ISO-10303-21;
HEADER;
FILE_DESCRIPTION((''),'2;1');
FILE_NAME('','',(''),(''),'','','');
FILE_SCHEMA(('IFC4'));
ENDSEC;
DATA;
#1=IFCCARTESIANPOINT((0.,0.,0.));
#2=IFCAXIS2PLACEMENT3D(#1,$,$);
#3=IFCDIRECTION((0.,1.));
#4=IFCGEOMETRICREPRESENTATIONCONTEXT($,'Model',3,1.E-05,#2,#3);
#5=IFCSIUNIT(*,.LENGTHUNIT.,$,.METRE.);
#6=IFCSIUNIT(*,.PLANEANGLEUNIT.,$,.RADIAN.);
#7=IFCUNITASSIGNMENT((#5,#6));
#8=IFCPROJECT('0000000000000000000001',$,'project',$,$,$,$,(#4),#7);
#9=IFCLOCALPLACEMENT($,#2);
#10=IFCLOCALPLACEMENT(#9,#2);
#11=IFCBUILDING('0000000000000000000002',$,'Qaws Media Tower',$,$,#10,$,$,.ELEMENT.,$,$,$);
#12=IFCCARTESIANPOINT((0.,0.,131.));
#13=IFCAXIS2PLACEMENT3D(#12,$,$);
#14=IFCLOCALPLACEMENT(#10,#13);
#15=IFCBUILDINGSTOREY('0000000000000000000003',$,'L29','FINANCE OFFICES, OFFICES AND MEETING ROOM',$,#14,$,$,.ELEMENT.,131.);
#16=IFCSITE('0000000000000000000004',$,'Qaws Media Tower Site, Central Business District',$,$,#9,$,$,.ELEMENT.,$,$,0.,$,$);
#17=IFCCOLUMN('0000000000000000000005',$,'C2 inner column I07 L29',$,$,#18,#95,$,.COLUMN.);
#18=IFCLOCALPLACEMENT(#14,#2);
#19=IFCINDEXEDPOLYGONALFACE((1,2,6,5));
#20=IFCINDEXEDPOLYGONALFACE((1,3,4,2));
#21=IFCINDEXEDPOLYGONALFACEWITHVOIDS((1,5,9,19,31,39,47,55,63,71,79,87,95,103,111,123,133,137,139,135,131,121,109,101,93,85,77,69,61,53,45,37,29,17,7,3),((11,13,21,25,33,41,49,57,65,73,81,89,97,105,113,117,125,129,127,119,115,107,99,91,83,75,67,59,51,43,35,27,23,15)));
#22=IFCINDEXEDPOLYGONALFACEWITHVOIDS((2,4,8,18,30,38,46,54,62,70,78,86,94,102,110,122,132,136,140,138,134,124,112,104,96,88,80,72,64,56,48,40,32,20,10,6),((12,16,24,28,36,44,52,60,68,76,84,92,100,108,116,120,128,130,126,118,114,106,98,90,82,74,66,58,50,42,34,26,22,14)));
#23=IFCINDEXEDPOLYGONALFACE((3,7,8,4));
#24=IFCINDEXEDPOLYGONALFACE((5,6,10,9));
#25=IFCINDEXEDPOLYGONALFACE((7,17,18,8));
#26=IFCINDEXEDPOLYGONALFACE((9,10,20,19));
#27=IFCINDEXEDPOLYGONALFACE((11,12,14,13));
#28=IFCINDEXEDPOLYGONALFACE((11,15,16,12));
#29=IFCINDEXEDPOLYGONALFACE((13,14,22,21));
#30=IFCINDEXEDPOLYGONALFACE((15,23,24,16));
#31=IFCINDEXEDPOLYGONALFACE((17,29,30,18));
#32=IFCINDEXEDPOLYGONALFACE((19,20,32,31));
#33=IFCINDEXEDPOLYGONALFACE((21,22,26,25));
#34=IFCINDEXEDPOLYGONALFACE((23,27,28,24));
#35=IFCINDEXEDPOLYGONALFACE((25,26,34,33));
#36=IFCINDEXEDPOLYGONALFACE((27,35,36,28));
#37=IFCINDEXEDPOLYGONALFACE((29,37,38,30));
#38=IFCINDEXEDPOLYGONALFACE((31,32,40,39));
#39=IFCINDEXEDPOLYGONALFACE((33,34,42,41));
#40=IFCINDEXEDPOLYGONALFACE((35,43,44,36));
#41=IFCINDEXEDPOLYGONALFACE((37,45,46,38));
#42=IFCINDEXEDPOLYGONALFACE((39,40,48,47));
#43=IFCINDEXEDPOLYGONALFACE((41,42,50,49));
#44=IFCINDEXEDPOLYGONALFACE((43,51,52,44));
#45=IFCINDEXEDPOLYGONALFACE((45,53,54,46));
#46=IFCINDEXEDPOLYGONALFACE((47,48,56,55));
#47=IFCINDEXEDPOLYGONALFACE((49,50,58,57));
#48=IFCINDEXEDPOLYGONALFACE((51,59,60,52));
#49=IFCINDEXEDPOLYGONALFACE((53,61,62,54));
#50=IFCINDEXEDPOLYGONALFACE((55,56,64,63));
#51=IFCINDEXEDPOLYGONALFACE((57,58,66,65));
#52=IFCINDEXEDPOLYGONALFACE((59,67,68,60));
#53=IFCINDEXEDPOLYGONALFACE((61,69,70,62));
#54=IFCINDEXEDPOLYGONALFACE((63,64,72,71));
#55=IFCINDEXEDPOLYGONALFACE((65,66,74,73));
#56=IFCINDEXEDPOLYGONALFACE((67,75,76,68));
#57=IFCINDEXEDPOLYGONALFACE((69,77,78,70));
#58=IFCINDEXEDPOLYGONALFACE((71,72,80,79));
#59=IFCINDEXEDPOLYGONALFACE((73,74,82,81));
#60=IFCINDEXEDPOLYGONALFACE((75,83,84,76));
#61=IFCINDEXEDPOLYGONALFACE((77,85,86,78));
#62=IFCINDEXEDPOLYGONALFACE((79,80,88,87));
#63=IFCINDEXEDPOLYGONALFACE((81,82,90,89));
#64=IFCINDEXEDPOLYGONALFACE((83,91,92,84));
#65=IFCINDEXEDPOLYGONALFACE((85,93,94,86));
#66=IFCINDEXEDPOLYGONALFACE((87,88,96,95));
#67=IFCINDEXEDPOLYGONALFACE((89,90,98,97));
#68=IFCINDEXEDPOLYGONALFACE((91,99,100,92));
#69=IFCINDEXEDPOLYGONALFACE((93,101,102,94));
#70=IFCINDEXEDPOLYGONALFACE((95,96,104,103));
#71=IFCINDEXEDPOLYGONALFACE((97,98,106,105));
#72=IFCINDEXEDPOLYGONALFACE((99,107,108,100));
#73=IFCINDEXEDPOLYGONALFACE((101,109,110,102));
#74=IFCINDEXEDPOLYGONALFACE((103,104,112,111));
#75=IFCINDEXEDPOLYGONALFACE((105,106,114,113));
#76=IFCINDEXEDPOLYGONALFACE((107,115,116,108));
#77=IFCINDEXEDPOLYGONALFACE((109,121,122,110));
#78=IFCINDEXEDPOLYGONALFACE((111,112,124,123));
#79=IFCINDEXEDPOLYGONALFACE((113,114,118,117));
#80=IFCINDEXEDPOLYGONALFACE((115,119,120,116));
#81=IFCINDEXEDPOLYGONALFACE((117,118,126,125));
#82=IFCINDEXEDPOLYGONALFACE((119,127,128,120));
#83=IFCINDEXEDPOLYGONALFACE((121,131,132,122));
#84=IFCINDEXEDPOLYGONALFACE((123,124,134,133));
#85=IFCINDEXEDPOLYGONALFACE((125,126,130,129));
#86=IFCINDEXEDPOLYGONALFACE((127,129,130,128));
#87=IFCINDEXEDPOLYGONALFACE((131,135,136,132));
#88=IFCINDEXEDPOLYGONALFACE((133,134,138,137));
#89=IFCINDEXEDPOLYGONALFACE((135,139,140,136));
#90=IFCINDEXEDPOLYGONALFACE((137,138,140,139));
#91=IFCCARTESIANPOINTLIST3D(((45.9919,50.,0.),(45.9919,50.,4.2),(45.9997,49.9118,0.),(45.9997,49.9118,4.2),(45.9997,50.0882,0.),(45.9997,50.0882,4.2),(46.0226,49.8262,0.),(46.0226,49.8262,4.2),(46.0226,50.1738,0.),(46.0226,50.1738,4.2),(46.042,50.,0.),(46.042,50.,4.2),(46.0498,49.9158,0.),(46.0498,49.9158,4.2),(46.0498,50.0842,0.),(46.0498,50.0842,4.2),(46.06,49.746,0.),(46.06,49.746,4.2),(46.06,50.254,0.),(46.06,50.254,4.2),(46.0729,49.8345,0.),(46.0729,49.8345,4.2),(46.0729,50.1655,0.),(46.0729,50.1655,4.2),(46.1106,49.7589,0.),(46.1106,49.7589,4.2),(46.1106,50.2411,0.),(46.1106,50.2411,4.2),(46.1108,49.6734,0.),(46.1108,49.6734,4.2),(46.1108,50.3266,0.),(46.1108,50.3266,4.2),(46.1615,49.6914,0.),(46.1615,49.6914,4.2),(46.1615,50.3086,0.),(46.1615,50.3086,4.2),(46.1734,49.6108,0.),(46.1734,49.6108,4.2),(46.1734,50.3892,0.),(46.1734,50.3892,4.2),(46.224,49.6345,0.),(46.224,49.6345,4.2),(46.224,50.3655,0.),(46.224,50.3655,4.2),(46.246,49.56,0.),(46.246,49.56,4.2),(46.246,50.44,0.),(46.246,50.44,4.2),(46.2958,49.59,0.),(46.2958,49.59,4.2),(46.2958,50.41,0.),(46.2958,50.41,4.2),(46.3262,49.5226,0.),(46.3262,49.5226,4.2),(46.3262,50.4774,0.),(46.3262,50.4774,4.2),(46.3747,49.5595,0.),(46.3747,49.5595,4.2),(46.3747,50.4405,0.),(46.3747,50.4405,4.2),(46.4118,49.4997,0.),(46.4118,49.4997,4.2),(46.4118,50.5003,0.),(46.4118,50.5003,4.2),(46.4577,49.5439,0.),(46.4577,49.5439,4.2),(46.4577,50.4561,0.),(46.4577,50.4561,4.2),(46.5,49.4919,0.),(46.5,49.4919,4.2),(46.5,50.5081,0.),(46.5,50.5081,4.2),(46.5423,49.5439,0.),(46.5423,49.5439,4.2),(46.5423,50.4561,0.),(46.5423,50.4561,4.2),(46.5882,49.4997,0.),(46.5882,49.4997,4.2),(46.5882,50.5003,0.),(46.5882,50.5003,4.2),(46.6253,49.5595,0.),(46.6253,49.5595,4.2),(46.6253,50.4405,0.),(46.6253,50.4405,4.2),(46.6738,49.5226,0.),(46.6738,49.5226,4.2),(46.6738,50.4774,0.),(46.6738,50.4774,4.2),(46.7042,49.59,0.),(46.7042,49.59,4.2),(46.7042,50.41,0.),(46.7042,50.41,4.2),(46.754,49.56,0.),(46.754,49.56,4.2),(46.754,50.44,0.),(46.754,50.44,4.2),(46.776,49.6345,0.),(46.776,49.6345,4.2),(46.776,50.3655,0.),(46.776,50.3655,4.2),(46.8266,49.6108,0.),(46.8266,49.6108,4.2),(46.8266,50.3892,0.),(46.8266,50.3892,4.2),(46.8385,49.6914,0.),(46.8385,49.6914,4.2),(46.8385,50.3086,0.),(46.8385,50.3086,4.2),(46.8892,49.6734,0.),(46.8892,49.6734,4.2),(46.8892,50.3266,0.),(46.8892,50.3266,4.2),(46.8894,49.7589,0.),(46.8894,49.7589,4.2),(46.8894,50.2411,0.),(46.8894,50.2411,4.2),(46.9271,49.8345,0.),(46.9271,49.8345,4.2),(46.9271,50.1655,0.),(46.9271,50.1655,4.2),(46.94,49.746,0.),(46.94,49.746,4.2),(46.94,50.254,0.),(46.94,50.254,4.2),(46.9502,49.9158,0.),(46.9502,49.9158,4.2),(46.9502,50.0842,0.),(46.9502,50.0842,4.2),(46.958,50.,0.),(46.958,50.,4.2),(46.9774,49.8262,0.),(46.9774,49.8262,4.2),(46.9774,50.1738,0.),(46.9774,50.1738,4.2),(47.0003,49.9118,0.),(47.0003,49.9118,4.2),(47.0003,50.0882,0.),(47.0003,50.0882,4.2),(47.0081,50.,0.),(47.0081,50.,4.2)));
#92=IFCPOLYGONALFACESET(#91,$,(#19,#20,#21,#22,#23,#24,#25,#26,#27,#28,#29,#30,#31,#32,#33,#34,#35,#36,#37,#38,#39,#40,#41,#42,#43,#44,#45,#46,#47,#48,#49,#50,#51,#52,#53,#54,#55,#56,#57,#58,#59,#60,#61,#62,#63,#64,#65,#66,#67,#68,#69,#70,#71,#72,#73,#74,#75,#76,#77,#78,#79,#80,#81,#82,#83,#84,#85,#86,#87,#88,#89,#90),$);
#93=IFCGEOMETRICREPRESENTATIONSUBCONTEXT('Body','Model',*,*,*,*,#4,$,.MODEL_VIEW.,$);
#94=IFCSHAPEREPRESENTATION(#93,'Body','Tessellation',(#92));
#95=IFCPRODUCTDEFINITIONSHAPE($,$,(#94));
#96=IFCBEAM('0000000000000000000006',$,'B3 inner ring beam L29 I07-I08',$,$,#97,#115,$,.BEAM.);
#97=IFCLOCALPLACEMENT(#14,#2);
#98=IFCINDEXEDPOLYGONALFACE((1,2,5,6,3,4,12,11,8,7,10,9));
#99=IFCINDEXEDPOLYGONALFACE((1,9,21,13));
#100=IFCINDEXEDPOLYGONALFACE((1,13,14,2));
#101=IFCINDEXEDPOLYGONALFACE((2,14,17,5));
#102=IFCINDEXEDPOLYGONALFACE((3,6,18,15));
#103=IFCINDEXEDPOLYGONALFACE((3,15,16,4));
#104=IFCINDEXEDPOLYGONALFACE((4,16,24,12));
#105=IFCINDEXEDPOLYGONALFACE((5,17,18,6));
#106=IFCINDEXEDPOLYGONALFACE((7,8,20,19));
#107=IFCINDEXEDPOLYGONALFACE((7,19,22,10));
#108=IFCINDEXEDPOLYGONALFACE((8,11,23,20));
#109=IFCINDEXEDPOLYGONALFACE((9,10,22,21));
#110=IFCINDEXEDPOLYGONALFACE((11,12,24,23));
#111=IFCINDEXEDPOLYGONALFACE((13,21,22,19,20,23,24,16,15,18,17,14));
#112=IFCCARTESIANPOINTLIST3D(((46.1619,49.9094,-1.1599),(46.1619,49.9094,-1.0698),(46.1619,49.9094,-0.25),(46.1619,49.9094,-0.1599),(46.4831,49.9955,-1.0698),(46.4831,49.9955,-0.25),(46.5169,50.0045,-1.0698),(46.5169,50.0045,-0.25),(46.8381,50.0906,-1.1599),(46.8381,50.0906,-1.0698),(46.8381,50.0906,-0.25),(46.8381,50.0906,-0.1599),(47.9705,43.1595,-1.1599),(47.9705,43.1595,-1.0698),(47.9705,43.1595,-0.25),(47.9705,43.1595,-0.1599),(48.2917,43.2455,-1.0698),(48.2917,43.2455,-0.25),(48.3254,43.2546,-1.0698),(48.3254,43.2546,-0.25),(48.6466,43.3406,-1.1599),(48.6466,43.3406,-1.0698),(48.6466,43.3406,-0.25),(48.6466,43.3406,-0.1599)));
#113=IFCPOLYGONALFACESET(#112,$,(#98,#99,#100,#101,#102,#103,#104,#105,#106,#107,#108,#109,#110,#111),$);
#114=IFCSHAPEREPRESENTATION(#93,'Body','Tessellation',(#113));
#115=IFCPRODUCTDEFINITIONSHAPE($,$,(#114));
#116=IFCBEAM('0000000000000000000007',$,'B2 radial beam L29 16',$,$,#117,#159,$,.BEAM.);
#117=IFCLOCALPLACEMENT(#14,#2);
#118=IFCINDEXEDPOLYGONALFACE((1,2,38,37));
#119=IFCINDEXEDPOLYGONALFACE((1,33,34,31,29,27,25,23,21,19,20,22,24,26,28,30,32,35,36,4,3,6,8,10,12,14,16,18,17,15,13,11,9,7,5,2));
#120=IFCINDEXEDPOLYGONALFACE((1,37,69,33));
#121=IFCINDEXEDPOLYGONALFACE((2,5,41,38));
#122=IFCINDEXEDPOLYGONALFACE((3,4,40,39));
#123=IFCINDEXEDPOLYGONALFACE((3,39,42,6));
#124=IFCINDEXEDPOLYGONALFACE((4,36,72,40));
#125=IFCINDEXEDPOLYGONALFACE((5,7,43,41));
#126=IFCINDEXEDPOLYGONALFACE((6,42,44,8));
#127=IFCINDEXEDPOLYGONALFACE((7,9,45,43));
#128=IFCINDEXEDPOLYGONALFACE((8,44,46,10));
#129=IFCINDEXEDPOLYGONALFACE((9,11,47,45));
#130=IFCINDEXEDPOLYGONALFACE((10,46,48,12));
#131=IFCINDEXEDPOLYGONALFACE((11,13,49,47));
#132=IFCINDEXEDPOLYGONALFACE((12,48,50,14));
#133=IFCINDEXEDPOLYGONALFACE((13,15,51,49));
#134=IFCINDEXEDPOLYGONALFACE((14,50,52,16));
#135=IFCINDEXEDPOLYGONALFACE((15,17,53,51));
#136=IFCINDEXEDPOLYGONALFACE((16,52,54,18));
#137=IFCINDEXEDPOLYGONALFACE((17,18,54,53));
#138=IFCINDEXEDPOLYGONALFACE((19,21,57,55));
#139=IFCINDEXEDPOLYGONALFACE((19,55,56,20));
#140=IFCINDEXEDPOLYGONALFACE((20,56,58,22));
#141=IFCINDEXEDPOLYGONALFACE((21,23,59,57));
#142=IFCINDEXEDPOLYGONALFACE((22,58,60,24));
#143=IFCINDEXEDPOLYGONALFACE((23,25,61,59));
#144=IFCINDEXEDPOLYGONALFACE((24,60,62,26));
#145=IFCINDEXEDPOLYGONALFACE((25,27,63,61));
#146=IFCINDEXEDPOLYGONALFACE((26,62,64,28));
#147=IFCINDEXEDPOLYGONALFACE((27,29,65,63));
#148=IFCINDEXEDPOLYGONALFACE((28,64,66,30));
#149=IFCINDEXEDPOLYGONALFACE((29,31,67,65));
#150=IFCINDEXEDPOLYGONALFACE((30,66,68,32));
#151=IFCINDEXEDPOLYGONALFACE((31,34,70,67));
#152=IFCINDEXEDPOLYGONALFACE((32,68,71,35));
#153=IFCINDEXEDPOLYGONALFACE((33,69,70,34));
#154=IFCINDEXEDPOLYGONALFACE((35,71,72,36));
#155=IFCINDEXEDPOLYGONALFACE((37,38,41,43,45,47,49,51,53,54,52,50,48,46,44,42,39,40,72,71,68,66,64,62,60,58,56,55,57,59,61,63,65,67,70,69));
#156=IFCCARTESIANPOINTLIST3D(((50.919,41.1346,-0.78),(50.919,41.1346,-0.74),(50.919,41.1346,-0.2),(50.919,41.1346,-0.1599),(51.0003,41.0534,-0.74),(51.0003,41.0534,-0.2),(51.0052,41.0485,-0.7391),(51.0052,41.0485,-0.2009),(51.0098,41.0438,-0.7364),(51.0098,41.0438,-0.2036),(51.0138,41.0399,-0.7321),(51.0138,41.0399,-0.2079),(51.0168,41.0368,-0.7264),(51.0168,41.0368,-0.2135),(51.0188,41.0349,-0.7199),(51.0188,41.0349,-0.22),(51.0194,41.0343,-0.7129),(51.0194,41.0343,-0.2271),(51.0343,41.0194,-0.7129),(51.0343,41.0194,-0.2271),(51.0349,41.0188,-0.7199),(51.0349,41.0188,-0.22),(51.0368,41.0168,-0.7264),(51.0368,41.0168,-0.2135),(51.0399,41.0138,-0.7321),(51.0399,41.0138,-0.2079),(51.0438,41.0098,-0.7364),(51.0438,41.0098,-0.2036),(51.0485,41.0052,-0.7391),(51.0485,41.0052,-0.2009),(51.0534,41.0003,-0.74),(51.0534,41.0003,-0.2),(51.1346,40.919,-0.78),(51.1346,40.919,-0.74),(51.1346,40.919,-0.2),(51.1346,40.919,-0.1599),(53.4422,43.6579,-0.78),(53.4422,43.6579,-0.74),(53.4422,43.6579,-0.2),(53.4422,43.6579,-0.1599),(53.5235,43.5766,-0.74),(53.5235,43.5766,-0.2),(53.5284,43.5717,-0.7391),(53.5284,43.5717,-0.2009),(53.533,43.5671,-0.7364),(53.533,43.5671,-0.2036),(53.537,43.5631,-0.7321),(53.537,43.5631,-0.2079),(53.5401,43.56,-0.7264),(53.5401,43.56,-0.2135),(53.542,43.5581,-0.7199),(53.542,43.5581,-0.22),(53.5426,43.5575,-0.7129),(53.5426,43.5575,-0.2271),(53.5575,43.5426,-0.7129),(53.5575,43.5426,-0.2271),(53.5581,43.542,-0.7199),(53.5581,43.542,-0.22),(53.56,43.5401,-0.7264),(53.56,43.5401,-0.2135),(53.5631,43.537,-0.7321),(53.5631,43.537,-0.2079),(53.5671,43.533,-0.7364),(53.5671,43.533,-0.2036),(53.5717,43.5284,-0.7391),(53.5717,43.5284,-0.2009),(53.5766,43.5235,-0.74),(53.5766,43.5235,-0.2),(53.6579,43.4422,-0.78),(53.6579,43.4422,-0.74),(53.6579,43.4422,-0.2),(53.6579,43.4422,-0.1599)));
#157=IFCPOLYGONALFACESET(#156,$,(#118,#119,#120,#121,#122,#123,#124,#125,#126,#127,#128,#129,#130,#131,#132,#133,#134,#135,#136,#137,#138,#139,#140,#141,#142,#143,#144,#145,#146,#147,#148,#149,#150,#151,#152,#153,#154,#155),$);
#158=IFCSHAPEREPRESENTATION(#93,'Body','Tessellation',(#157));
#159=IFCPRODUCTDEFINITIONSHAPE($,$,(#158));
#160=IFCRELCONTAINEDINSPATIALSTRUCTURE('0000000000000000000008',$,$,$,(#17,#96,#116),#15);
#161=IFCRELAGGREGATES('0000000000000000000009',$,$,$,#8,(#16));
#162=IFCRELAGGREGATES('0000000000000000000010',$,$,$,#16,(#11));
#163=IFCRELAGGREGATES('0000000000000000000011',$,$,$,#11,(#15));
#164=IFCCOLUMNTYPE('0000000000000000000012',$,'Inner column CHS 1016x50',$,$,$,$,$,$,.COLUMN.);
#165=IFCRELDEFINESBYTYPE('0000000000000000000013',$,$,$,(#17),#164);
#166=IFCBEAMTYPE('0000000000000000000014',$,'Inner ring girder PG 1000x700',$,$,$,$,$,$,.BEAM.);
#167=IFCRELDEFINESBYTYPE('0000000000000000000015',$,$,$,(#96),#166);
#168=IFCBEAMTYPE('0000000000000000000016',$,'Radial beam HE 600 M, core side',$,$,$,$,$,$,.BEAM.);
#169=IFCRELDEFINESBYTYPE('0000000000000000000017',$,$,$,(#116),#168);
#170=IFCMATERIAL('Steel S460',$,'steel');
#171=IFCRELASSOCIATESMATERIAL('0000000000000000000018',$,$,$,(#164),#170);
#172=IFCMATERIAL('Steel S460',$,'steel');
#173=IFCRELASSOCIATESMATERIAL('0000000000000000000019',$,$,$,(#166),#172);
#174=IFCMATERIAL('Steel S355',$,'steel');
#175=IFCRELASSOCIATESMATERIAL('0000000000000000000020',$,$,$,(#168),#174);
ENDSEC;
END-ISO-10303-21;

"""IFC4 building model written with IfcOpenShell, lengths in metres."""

from ifc_helpers import new_model, si_unit, direction, frame, origin, origin_2d, place, context, subcontext, project, spatial, hollow_circle, i_section, extrude, material, material_profile, profile_set, type_object, element, save


model = new_model("IFC4")

# Units and contexts
model_context = context("Model", 3, precision=1e-05, world=origin(), true_north=direction((0.0, 1.0)))
body_context = subcontext(model_context, "Body", "Model", "MODEL_VIEW")
ifc_project = project(units=[si_unit("LENGTHUNIT", "METRE"), si_unit("PLANEANGLEUNIT", "RADIAN")], contexts=[model_context])

# Site, building, storey
site_placement = place(None, origin())
site = spatial("IfcSite", under=ifc_project, at=site_placement, Name="Qaws Media Tower Site, Central Business District", CompositionType="ELEMENT", RefElevation=0.0)
building_placement = place(site_placement, origin())
building = spatial("IfcBuilding", under=site, at=building_placement, Name="Qaws Media Tower", CompositionType="ELEMENT")
storey_placement = place(building_placement, frame((0.0, 0.0, 131.0)))
storey = spatial("IfcBuildingStorey", under=building, at=storey_placement, Name="L29", Description="FINANCE OFFICES, OFFICES AND MEETING ROOM", CompositionType="ELEMENT", Elevation=131.0)

# Column
ifc_material_1 = material(Name="Steel S460", Category="steel")
ifc_material_profile_1 = material_profile(ifc_material_1, hollow_circle(Radius=0.5081, WallThickness=0.05, at=origin_2d()), Name="CHS 1016x50")
ifc_profile_set_1 = profile_set([ifc_material_profile_1], Name="Steel S460")
column_type = type_object("IfcColumnType", Name="Inner column CHS 1016x50", PredefinedType="COLUMN", material=ifc_profile_set_1)
column_placement = place(storey_placement, frame((46.5, 50.0, 0.0), z_axis=(0.0, 0.0, 1.0), x_axis=(1.0, 0.0, 0.0)))
element("IfcColumn", 1, at=column_placement, inside=storey, type_object=column_type, Name="C2 inner column I07 L29", PredefinedType="COLUMN", context=body_context, shape_type="SweptSolid", body=[
    extrude(hollow_circle(Radius=0.5081, WallThickness=0.05, at=origin_2d()), origin(), (0.0, 0.0, 1.0), 4.2),
])

# Beams
ifc_material_2 = material(Name="Steel S460", Category="steel")
ifc_material_profile_2 = material_profile(ifc_material_2, i_section(OverallWidth=0.7, OverallDepth=1.0, WebThickness=0.0349, FlangeThickness=0.0901, at=origin_2d()), Name="PG 1000x700")
ifc_profile_set_2 = profile_set([ifc_material_profile_2], Name="Steel S460")
beam_type_1 = type_object("IfcBeamType", Name="Inner ring girder PG 1000x700", PredefinedType="BEAM", material=ifc_profile_set_2)
beam_1_placement = place(storey_placement, frame((46.5, 50.0, -0.6599), z_axis=(0.258811, -0.965928, 0.0), x_axis=(0.965928, 0.258811, 0.0)))
element("IfcBeam", 2, at=beam_1_placement, inside=storey, type_object=beam_type_1, Name="B3 inner ring beam L29 I07-I08", PredefinedType="BEAM", context=body_context, shape_type="SweptSolid", body=[
    extrude(i_section(OverallWidth=0.7, OverallDepth=1.0, WebThickness=0.0349, FlangeThickness=0.0901, at=origin_2d()), origin(), (0.0, 0.0, 1.0), 6.988),
])
ifc_material_3 = material(Name="Steel S355", Category="steel")
ifc_material_profile_3 = material_profile(ifc_material_3, i_section(OverallWidth=0.3049, OverallDepth=0.6201, WebThickness=0.021, FlangeThickness=0.04, FilletRadius=0.0271, at=origin_2d()), Name="HE 600 M")
ifc_profile_set_3 = profile_set([ifc_material_profile_3], Name="Steel S355")
beam_type_2 = type_object("IfcBeamType", Name="Radial beam HE 600 M, core side", PredefinedType="BEAM", material=ifc_profile_set_3)
beam_2_placement = place(storey_placement, frame((53.55, 43.55, -0.47), z_axis=(-0.707107, -0.707107, 0.0), x_axis=(0.707107, -0.707107, 0.0)))
element("IfcBeam", 3, at=beam_2_placement, inside=storey, type_object=beam_type_2, Name="B2 radial beam L29 16", PredefinedType="BEAM", context=body_context, shape_type="SweptSolid", body=[
    extrude(i_section(OverallWidth=0.3049, OverallDepth=0.6201, WebThickness=0.021, FlangeThickness=0.04, FilletRadius=0.0271, at=origin_2d()), origin(), (0.0, 0.0, 1.0), 3.5684),
])

save(model, "model.ifc")
